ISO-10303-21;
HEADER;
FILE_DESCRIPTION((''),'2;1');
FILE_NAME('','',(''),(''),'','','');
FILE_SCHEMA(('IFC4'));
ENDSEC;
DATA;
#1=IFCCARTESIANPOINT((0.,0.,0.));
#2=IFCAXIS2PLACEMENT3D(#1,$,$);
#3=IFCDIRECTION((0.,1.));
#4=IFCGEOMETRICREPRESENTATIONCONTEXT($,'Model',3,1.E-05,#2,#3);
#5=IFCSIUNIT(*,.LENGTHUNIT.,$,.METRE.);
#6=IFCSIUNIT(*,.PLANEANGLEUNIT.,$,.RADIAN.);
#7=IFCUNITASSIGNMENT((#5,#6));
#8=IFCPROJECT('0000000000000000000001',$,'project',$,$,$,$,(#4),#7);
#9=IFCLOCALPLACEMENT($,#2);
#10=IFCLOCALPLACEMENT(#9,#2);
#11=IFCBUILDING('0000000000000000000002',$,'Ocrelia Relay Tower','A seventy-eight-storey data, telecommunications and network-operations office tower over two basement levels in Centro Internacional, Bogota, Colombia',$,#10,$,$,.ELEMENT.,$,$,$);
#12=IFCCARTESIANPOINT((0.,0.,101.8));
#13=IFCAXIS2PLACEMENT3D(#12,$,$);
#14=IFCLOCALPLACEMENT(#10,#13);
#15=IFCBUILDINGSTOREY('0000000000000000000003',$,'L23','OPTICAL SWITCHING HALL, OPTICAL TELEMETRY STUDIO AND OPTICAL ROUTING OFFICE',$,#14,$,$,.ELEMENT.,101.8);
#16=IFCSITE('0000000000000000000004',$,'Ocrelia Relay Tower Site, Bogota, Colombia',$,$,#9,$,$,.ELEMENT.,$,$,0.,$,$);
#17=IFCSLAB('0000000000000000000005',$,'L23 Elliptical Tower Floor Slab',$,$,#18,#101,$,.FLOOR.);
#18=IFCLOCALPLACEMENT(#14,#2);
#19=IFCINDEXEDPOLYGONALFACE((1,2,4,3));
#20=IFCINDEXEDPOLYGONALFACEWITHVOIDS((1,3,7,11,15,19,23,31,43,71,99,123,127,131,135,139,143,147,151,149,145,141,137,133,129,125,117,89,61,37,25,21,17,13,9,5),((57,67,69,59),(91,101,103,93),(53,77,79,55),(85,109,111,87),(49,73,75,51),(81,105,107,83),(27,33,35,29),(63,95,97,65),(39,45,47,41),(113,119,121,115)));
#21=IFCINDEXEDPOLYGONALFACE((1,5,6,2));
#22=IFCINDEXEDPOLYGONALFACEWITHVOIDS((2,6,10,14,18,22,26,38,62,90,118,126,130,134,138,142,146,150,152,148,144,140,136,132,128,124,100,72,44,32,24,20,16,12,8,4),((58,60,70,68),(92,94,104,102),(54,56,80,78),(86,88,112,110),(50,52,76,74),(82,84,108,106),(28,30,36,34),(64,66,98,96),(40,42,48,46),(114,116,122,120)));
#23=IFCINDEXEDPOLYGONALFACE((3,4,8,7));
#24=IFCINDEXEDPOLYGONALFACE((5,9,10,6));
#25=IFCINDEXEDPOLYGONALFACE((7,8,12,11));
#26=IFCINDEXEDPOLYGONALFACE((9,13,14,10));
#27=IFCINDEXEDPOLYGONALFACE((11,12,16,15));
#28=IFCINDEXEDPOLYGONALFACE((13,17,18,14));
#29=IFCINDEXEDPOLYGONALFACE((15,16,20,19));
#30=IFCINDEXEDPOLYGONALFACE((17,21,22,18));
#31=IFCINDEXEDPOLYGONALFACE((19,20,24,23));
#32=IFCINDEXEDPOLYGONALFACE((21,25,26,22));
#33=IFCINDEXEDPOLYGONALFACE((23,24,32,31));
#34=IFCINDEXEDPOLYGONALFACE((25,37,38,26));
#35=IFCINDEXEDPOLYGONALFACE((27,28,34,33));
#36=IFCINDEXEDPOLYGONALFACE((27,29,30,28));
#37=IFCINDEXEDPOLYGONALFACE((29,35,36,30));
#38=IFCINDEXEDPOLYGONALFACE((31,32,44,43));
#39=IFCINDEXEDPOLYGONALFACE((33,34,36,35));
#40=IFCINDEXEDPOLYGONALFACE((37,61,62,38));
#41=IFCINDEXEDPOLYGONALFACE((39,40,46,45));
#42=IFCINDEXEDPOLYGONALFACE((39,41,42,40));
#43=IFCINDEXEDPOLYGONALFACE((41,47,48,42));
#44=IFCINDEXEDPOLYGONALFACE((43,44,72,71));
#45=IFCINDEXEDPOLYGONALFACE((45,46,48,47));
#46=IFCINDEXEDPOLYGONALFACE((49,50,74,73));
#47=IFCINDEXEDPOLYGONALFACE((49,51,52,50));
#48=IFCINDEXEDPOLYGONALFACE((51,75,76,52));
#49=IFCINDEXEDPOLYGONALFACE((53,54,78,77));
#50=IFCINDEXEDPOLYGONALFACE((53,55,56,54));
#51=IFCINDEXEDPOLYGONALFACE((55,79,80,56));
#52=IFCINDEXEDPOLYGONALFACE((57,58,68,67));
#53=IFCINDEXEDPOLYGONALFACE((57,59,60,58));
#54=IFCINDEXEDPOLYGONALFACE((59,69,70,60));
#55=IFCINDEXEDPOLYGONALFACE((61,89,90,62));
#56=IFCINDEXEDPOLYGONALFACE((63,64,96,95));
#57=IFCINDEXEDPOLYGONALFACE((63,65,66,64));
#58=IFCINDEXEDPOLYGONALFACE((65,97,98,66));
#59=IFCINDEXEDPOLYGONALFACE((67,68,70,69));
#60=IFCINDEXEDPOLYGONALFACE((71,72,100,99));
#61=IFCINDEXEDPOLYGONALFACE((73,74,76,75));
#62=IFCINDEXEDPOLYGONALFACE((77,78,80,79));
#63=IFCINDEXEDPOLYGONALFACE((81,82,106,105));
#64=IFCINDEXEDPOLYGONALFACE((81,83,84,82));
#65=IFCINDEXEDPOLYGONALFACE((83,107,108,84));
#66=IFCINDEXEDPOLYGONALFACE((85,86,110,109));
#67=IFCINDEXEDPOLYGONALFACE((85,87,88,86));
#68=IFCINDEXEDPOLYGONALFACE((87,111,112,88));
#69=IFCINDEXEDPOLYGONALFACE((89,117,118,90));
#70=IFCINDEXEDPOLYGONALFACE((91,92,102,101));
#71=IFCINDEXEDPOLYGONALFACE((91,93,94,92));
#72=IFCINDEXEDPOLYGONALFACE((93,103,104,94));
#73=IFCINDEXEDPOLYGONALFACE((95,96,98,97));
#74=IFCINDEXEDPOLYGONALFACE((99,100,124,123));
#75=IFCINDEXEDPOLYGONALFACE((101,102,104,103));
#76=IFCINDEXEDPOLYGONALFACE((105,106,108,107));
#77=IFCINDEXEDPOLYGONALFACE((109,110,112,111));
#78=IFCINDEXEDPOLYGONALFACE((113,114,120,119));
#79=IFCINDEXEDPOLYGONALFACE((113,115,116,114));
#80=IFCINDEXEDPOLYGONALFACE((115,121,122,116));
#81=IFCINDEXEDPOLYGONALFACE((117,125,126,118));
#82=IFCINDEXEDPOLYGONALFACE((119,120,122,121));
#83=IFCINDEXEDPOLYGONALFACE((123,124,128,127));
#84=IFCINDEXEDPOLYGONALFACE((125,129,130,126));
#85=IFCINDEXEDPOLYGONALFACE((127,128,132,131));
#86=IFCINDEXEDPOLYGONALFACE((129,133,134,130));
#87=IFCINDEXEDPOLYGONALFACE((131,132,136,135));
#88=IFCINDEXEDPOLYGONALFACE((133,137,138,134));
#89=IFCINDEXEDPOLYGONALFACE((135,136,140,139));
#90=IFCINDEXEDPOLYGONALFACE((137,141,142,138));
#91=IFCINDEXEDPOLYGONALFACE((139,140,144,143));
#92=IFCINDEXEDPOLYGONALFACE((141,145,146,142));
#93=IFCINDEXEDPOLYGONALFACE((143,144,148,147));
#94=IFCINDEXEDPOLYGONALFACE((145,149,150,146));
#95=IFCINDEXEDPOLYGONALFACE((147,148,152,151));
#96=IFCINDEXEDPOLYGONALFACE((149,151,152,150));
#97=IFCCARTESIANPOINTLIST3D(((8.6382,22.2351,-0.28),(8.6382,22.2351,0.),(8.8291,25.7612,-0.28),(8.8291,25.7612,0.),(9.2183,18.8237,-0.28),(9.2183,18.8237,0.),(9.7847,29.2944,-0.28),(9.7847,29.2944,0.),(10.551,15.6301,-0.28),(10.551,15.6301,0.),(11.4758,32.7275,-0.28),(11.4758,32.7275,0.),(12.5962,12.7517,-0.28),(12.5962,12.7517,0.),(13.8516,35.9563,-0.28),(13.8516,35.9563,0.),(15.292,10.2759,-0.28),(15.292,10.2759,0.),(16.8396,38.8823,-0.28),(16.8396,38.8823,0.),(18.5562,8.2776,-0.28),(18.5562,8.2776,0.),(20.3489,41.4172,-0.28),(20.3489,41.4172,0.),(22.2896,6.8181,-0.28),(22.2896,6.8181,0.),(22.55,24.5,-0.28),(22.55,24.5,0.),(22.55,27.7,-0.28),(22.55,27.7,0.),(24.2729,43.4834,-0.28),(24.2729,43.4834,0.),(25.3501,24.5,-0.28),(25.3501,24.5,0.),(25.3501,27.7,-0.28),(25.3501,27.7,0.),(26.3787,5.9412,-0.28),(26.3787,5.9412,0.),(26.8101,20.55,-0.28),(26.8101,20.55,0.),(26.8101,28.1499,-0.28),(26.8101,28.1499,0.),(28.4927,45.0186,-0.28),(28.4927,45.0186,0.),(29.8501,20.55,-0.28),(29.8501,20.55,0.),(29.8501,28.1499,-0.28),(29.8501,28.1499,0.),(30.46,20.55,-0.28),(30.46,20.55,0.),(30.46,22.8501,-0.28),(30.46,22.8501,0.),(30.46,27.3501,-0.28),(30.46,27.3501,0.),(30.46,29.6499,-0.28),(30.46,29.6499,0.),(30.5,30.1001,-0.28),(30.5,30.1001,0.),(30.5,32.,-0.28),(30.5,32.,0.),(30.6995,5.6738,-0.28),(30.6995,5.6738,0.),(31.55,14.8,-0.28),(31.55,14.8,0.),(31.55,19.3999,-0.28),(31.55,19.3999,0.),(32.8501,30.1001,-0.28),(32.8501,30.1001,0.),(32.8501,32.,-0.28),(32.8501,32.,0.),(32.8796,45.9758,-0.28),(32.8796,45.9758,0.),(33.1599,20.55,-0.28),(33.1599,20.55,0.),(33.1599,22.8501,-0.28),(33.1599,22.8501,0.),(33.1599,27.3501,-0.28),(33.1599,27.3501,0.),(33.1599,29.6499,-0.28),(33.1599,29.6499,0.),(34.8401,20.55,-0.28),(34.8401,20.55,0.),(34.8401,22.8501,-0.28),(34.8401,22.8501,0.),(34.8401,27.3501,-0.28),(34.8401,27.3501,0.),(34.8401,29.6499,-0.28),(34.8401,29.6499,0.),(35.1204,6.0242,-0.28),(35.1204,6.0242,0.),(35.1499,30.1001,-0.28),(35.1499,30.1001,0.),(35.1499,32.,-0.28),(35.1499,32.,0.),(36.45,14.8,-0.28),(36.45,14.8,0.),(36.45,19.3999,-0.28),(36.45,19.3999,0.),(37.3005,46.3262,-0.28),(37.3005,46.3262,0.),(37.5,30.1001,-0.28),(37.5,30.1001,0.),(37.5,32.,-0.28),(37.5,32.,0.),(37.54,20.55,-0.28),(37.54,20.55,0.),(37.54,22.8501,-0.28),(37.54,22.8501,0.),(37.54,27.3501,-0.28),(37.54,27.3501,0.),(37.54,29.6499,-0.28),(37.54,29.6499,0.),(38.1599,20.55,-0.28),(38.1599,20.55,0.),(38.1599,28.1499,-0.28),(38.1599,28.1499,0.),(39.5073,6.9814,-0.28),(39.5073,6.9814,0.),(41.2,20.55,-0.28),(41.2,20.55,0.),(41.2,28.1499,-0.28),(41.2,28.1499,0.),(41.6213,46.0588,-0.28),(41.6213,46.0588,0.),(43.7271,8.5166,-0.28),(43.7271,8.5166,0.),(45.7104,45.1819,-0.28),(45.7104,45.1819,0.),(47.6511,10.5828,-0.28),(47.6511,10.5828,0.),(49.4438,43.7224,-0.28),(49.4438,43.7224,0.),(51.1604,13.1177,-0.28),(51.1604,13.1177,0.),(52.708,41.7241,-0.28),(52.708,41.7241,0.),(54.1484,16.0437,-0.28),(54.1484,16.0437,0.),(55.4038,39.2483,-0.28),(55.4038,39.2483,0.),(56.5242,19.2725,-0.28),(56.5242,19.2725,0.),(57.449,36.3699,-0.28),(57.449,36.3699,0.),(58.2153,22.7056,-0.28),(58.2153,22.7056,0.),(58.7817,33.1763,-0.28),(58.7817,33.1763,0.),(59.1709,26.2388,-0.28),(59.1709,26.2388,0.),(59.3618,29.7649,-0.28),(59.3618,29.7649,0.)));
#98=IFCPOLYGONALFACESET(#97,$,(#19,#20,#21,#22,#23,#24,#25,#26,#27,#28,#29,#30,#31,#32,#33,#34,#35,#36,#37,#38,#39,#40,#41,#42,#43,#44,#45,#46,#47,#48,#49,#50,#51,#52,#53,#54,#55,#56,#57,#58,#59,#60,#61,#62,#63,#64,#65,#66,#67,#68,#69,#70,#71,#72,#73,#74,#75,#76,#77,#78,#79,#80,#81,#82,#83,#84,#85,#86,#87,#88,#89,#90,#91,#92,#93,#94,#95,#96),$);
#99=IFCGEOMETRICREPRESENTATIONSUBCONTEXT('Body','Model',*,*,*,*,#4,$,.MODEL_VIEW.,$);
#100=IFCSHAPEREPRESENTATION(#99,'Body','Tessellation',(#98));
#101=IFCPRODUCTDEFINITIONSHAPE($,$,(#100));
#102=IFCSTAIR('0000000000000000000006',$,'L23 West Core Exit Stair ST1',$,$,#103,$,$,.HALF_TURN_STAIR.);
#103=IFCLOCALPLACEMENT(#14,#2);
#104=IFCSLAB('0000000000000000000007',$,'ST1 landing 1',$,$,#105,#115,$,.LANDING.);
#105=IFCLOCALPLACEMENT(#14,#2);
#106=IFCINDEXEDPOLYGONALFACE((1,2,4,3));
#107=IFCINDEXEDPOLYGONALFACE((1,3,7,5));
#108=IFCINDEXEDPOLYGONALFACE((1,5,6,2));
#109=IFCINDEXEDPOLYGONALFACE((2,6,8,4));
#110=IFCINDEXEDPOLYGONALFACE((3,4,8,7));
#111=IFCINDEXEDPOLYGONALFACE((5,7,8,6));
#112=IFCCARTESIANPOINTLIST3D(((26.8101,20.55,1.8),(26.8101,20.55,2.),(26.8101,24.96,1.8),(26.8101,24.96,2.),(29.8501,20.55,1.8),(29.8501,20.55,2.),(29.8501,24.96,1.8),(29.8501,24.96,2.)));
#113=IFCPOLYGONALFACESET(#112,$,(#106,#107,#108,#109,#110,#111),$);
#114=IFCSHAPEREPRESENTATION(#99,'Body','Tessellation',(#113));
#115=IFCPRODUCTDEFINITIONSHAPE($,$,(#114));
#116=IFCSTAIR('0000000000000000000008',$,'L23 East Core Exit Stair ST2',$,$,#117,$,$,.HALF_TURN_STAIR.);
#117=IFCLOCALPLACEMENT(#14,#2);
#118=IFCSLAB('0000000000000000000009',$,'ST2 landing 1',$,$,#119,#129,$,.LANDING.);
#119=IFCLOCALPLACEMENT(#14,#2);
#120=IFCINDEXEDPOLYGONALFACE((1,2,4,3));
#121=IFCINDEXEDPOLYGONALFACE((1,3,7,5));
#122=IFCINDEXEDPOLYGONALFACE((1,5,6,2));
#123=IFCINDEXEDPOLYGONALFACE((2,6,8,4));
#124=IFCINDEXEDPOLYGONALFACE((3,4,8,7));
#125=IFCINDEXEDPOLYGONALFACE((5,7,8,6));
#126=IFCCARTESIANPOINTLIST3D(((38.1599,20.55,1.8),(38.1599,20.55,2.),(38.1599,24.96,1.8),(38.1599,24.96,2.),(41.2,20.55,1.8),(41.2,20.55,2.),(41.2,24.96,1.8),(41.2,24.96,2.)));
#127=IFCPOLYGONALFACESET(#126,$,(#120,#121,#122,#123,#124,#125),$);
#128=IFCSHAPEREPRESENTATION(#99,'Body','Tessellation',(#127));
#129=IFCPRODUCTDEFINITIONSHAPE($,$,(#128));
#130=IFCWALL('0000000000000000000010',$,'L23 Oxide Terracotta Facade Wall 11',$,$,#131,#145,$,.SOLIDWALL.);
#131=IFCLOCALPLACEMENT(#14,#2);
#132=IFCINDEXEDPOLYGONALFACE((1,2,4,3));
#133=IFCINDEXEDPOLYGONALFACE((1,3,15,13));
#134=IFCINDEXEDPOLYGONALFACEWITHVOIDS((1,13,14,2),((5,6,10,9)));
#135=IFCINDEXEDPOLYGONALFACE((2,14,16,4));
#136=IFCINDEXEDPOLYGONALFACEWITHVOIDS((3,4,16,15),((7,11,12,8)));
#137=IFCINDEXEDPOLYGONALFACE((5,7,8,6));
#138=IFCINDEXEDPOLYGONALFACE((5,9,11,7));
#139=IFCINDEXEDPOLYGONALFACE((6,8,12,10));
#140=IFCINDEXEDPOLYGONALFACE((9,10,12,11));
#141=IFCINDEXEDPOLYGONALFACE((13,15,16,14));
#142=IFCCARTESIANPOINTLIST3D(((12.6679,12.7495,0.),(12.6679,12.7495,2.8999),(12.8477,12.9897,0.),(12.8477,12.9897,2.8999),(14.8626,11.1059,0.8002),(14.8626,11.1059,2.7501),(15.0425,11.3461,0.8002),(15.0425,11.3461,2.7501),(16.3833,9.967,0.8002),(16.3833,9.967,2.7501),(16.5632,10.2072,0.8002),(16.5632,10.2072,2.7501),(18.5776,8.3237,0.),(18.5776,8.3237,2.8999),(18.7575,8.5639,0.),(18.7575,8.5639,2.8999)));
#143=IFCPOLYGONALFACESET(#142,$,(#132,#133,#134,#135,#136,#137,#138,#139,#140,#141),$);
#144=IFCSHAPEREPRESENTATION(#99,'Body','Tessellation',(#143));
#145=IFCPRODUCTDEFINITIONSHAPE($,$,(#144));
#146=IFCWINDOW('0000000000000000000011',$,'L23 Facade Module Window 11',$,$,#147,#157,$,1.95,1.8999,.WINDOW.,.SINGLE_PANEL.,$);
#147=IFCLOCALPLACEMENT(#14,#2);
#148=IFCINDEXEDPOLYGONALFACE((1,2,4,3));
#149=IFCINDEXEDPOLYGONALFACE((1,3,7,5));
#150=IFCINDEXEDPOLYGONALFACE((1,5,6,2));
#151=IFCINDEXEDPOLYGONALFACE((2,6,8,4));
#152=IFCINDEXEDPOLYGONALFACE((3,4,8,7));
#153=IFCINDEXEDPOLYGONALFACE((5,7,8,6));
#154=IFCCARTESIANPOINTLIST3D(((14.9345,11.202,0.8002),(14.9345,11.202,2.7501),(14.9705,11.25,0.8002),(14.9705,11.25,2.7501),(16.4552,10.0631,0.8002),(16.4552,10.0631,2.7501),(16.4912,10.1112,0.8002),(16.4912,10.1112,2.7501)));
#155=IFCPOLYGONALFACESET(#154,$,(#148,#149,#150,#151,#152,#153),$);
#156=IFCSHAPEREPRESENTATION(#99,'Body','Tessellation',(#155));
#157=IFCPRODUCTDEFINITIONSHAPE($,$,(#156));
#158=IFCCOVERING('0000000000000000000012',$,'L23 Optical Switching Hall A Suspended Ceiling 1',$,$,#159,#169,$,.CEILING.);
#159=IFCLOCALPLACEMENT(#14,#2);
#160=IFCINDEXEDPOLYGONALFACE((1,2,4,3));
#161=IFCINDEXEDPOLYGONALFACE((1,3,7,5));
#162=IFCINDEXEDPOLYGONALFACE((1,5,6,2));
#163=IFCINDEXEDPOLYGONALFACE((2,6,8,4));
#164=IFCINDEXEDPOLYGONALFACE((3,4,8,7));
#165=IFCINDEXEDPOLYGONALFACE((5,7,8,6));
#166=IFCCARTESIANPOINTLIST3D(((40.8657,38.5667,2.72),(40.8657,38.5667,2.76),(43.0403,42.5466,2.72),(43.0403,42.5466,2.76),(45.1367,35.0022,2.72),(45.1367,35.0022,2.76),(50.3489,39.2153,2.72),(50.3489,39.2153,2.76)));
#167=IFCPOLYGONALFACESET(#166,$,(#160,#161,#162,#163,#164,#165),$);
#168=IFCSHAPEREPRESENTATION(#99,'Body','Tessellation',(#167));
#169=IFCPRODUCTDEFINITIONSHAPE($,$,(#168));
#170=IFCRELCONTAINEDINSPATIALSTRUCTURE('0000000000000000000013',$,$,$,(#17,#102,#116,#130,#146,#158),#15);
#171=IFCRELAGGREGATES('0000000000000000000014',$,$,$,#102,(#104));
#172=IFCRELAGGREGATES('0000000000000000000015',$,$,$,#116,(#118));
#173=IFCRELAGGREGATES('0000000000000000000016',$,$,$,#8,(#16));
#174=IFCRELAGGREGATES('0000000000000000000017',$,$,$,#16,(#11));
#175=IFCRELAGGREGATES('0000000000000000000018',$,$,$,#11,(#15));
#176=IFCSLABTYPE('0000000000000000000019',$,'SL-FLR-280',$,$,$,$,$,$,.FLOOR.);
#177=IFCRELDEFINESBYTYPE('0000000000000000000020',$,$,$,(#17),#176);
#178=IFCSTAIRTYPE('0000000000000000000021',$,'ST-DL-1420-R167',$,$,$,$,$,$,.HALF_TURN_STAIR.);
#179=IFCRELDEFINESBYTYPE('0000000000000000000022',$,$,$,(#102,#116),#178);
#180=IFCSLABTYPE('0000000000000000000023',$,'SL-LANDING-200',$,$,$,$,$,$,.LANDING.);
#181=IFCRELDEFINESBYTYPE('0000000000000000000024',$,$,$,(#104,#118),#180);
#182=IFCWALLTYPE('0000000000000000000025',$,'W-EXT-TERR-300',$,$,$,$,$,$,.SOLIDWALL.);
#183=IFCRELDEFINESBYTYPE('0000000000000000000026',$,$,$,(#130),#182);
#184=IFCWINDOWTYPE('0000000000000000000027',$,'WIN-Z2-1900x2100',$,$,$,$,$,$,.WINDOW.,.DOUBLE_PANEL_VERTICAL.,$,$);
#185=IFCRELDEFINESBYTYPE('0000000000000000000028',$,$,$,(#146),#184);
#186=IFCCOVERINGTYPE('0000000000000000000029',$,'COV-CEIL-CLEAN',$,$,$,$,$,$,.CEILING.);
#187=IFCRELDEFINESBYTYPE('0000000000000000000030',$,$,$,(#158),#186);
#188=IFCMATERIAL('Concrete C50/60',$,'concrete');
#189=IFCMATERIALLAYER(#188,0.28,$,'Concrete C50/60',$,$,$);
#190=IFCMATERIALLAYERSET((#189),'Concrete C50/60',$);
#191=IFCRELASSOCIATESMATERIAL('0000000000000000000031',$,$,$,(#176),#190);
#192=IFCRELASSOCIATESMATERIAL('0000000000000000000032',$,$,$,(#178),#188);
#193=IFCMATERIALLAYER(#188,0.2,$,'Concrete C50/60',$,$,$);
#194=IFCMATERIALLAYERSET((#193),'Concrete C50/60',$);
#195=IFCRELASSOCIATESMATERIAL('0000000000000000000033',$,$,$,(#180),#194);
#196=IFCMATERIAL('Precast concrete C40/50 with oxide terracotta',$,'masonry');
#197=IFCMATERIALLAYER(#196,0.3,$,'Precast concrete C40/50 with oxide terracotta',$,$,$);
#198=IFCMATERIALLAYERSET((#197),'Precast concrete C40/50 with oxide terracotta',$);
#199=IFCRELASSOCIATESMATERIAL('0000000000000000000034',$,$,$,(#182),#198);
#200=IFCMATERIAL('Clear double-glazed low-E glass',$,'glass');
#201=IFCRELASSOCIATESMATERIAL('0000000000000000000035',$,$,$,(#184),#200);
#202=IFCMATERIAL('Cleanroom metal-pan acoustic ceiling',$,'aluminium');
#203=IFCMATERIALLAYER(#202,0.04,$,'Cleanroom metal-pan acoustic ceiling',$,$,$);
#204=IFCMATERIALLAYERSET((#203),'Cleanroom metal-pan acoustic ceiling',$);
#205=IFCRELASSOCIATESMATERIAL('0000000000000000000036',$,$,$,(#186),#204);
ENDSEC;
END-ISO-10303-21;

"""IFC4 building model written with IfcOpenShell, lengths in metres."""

from ifc_helpers import new_model, si_unit, direction, frame, frame_2d, origin, place, context, subcontext, project, spatial, polyline, rectangle, outline, extrude, material, layer, layer_set, type_object, element, fill, aggregate, save


model = new_model("IFC4")

# Units and contexts
model_context = context("Model", 3, precision=1e-05, world=origin(), true_north=direction((0.0, 1.0)))
body_context = subcontext(model_context, "Body", "Model", "MODEL_VIEW")
ifc_project = project(units=[si_unit("LENGTHUNIT", "METRE"), si_unit("PLANEANGLEUNIT", "RADIAN")], contexts=[model_context])

# Site, building, storey
site_placement = place(None, origin())
site = spatial("IfcSite", under=ifc_project, at=site_placement, Name="Ocrelia Relay Tower Site, Bogota, Colombia", CompositionType="ELEMENT", RefElevation=0.0)
building_placement = place(site_placement, origin())
building = spatial("IfcBuilding", under=site, at=building_placement, Name="Ocrelia Relay Tower", Description="A seventy-eight-storey data, telecommunications and network-operations office tower over two basement levels in Centro Internacional, Bogota, Colombia", CompositionType="ELEMENT")
storey_placement = place(building_placement, frame((0.0, 0.0, 101.8)))
storey = spatial("IfcBuildingStorey", under=building, at=storey_placement, Name="L23", Description="OPTICAL SWITCHING HALL, OPTICAL TELEMETRY STUDIO AND OPTICAL ROUTING OFFICE", CompositionType="ELEMENT", Elevation=101.8)

# Shared definitions
ifc_material_1 = material(Name="Clear double-glazed low-E glass", Category="glass")

# Slab
ifc_material_2 = material(Name="Concrete C50/60", Category="concrete")
ifc_layer_1 = layer(ifc_material_2, 0.28, Name="Concrete C50/60")
ifc_layer_set_1 = layer_set([ifc_layer_1], Name="Concrete C50/60")
slab_type_1 = type_object("IfcSlabType", Name="SL-FLR-280", PredefinedType="FLOOR", material=ifc_layer_set_1)
slab_1_placement = place(storey_placement, frame((0.0, 0.0, -0.28)))
element("IfcSlab", 1, at=slab_1_placement, inside=storey, type_object=slab_type_1, Name="L23 Elliptical Tower Floor Slab", PredefinedType="FLOOR", context=body_context, shape_type="SweptSolid", body=[
    extrude(outline(polyline([(58.7817, 33.1763), (57.449, 36.3699), (55.4038, 39.2483), (52.708, 41.7241), (49.4438, 43.7224), (45.7104, 45.1819), (41.6213, 46.0588), (37.3005, 46.3262), (32.8796, 45.9758), (28.4927, 45.0186), (24.2729, 43.4834), (20.3489, 41.4172), (16.8396, 38.8823), (13.8516, 35.9563), (11.4758, 32.7275), (9.7847, 29.2944), (8.8291, 25.7612), (8.6382, 22.2351), (9.2183, 18.8237), (10.551, 15.6301), (12.5962, 12.7517), (15.292, 10.2759), (18.5562, 8.2776), (22.2896, 6.8181), (26.3787, 5.9412), (30.6995, 5.6738), (35.1204, 6.0242), (39.5073, 6.9814), (43.7271, 8.5166), (47.6511, 10.5828), (51.1604, 13.1177), (54.1484, 16.0437), (56.5242, 19.2725), (58.2153, 22.7056), (59.1709, 26.2388), (59.3618, 29.7649), (58.7817, 33.1763)]), holes=[polyline([(26.8101, 28.1499), (26.8101, 20.55), (29.8501, 20.55), (29.8501, 28.1499), (26.8101, 28.1499)]), polyline([(38.1599, 28.1499), (38.1599, 20.55), (41.2, 20.55), (41.2, 28.1499), (38.1599, 28.1499)]), polyline([(30.46, 20.55), (33.1599, 20.55), (33.1599, 22.8501), (30.46, 22.8501), (30.46, 20.55)]), polyline([(34.8401, 20.55), (37.54, 20.55), (37.54, 22.8501), (34.8401, 22.8501), (34.8401, 20.55)]), polyline([(30.46, 27.3501), (33.1599, 27.3501), (33.1599, 29.6499), (30.46, 29.6499), (30.46, 27.3501)]), polyline([(34.8401, 27.3501), (37.54, 27.3501), (37.54, 29.6499), (34.8401, 29.6499), (34.8401, 27.3501)]), polyline([(30.5, 30.1001), (32.8501, 30.1001), (32.8501, 32.0), (30.5, 32.0), (30.5, 30.1001)]), polyline([(35.1499, 30.1001), (37.5, 30.1001), (37.5, 32.0), (35.1499, 32.0), (35.1499, 30.1001)]), polyline([(22.55, 24.5), (25.3501, 24.5), (25.3501, 27.7), (22.55, 27.7), (22.55, 24.5)]), polyline([(31.55, 14.8), (36.45, 14.8), (36.45, 19.3999), (31.55, 19.3999), (31.55, 14.8)])]), origin(), (0.0, 0.0, 1.0), 0.28),
])

# Stairs, slabs
stair_type = type_object("IfcStairType", Name="ST-DL-1420-R167", PredefinedType="HALF_TURN_STAIR", material=ifc_material_2)
stair_1_placement = place(storey_placement, origin())
stair_1 = element("IfcStair", 2, at=stair_1_placement, inside=storey, type_object=stair_type, Name="L23 West Core Exit Stair ST1", PredefinedType="HALF_TURN_STAIR")
ifc_layer_2 = layer(ifc_material_2, 0.2, Name="Concrete C50/60")
ifc_layer_set_2 = layer_set([ifc_layer_2], Name="Concrete C50/60")
slab_type_2 = type_object("IfcSlabType", Name="SL-LANDING-200", PredefinedType="LANDING", material=ifc_layer_set_2)
slab_2_placement = place(storey_placement, frame((0.0, 0.0, 1.8)))
slab_2 = element("IfcSlab", 3, at=slab_2_placement, type_object=slab_type_2, Name="ST1 landing 1", PredefinedType="LANDING", context=body_context, shape_type="SweptSolid", body=[
    extrude(outline(polyline([(26.8101, 24.96), (26.8101, 20.55), (29.8501, 20.55), (29.8501, 24.96), (26.8101, 24.96)])), origin(), (0.0, 0.0, 1.0), 0.2),
])
aggregate(stair_1, [slab_2])
stair_2_placement = place(storey_placement, origin())
stair_2 = element("IfcStair", 4, at=stair_2_placement, inside=storey, type_object=stair_type, Name="L23 East Core Exit Stair ST2", PredefinedType="HALF_TURN_STAIR")
slab_3_placement = place(storey_placement, frame((0.0, 0.0, 1.8)))
slab_3 = element("IfcSlab", 5, at=slab_3_placement, type_object=slab_type_2, Name="ST2 landing 1", PredefinedType="LANDING", context=body_context, shape_type="SweptSolid", body=[
    extrude(outline(polyline([(38.1599, 24.96), (38.1599, 20.55), (41.2, 20.55), (41.2, 24.96), (38.1599, 24.96)])), origin(), (0.0, 0.0, 1.0), 0.2),
])
aggregate(stair_2, [slab_3])

# Wall, opening, window
ifc_material_3 = material(Name="Precast concrete C40/50 with oxide terracotta", Category="masonry")
ifc_layer_3 = layer(ifc_material_3, 0.3, Name="Precast concrete C40/50 with oxide terracotta")
ifc_layer_set_3 = layer_set([ifc_layer_3], Name="Precast concrete C40/50 with oxide terracotta")
wall_type = type_object("IfcWallType", Name="W-EXT-TERR-300", PredefinedType="SOLIDWALL", material=ifc_layer_set_3)
wall_placement = place(storey_placement, frame((12.7578, 12.8696, 0.0), z_axis=(0.0, 0.0, 1.0), x_axis=(0.80042, -0.599439, 0.0)))
wall = element("IfcWall", 6, at=wall_placement, inside=storey, type_object=wall_type, Name="L23 Oxide Terracotta Facade Wall 11", PredefinedType="SOLIDWALL", context=body_context, shape_type="SweptSolid", body=[
    extrude(rectangle(XDim=7.3833, YDim=0.3, at=frame_2d((3.6917, 0.0))), origin(), (0.0, 0.0, 1.0), 2.8999),
])
opening_placement = place(wall_placement, frame((2.7419, 0.0, 0.8)))
opening = element("IfcOpeningElement", 7, at=opening_placement, cuts=wall, PredefinedType="OPENING", context=body_context, shape_type="SweptSolid", body=[
    extrude(rectangle(XDim=1.8999, YDim=1.95, at=frame_2d((0.95, 0.9751))), frame((0.0, 0.1602, 0.0), z_axis=(0.0, -1.0, 0.0), x_axis=(1.0, 0.0, 0.0)), (0.0, 0.0, 1.0), 0.3201),
])
window_type = type_object("IfcWindowType", Name="WIN-Z2-1900x2100", PartitioningType="DOUBLE_PANEL_VERTICAL", PredefinedType="WINDOW", material=ifc_material_1)
window_placement = place(opening_placement, origin())
window = element("IfcWindow", 8, at=window_placement, inside=storey, type_object=window_type, Name="L23 Facade Module Window 11", OverallHeight=1.95, OverallWidth=1.8999, PartitioningType="SINGLE_PANEL", PredefinedType="WINDOW", context=body_context, shape_type="SweptSolid", body=[
    extrude(rectangle(XDim=1.8999, YDim=1.95, at=frame_2d((0.95, 0.9751))), frame((0.0, 0.03, 0.0), z_axis=(0.0, -1.0, 0.0), x_axis=(1.0, 0.0, 0.0)), (0.0, 0.0, 1.0), 0.0601),
])
fill(opening, window)

# Covering
ifc_material_4 = material(Name="Cleanroom metal-pan acoustic ceiling", Category="aluminium")
ifc_layer_4 = layer(ifc_material_4, 0.04, Name="Cleanroom metal-pan acoustic ceiling")
ifc_layer_set_4 = layer_set([ifc_layer_4], Name="Cleanroom metal-pan acoustic ceiling")
covering_type = type_object("IfcCoveringType", Name="COV-CEIL-CLEAN", PredefinedType="CEILING", material=ifc_layer_set_4)
covering_1_placement = place(storey_placement, frame((0.0, 0.0, 2.72)))
element("IfcCovering", 9, at=covering_1_placement, inside=storey, type_object=covering_type, Name="L23 Optical Switching Hall A Suspended Ceiling 1", PredefinedType="CEILING", context=body_context, shape_type="SweptSolid", body=[
    extrude(outline(polyline([(45.1367, 35.0022), (50.3489, 39.2153), (43.0403, 42.5466), (40.8657, 38.5667), (45.1367, 35.0022)])), origin(), (0.0, 0.0, 1.0), 0.04),
])

save(model, "model.ifc")
